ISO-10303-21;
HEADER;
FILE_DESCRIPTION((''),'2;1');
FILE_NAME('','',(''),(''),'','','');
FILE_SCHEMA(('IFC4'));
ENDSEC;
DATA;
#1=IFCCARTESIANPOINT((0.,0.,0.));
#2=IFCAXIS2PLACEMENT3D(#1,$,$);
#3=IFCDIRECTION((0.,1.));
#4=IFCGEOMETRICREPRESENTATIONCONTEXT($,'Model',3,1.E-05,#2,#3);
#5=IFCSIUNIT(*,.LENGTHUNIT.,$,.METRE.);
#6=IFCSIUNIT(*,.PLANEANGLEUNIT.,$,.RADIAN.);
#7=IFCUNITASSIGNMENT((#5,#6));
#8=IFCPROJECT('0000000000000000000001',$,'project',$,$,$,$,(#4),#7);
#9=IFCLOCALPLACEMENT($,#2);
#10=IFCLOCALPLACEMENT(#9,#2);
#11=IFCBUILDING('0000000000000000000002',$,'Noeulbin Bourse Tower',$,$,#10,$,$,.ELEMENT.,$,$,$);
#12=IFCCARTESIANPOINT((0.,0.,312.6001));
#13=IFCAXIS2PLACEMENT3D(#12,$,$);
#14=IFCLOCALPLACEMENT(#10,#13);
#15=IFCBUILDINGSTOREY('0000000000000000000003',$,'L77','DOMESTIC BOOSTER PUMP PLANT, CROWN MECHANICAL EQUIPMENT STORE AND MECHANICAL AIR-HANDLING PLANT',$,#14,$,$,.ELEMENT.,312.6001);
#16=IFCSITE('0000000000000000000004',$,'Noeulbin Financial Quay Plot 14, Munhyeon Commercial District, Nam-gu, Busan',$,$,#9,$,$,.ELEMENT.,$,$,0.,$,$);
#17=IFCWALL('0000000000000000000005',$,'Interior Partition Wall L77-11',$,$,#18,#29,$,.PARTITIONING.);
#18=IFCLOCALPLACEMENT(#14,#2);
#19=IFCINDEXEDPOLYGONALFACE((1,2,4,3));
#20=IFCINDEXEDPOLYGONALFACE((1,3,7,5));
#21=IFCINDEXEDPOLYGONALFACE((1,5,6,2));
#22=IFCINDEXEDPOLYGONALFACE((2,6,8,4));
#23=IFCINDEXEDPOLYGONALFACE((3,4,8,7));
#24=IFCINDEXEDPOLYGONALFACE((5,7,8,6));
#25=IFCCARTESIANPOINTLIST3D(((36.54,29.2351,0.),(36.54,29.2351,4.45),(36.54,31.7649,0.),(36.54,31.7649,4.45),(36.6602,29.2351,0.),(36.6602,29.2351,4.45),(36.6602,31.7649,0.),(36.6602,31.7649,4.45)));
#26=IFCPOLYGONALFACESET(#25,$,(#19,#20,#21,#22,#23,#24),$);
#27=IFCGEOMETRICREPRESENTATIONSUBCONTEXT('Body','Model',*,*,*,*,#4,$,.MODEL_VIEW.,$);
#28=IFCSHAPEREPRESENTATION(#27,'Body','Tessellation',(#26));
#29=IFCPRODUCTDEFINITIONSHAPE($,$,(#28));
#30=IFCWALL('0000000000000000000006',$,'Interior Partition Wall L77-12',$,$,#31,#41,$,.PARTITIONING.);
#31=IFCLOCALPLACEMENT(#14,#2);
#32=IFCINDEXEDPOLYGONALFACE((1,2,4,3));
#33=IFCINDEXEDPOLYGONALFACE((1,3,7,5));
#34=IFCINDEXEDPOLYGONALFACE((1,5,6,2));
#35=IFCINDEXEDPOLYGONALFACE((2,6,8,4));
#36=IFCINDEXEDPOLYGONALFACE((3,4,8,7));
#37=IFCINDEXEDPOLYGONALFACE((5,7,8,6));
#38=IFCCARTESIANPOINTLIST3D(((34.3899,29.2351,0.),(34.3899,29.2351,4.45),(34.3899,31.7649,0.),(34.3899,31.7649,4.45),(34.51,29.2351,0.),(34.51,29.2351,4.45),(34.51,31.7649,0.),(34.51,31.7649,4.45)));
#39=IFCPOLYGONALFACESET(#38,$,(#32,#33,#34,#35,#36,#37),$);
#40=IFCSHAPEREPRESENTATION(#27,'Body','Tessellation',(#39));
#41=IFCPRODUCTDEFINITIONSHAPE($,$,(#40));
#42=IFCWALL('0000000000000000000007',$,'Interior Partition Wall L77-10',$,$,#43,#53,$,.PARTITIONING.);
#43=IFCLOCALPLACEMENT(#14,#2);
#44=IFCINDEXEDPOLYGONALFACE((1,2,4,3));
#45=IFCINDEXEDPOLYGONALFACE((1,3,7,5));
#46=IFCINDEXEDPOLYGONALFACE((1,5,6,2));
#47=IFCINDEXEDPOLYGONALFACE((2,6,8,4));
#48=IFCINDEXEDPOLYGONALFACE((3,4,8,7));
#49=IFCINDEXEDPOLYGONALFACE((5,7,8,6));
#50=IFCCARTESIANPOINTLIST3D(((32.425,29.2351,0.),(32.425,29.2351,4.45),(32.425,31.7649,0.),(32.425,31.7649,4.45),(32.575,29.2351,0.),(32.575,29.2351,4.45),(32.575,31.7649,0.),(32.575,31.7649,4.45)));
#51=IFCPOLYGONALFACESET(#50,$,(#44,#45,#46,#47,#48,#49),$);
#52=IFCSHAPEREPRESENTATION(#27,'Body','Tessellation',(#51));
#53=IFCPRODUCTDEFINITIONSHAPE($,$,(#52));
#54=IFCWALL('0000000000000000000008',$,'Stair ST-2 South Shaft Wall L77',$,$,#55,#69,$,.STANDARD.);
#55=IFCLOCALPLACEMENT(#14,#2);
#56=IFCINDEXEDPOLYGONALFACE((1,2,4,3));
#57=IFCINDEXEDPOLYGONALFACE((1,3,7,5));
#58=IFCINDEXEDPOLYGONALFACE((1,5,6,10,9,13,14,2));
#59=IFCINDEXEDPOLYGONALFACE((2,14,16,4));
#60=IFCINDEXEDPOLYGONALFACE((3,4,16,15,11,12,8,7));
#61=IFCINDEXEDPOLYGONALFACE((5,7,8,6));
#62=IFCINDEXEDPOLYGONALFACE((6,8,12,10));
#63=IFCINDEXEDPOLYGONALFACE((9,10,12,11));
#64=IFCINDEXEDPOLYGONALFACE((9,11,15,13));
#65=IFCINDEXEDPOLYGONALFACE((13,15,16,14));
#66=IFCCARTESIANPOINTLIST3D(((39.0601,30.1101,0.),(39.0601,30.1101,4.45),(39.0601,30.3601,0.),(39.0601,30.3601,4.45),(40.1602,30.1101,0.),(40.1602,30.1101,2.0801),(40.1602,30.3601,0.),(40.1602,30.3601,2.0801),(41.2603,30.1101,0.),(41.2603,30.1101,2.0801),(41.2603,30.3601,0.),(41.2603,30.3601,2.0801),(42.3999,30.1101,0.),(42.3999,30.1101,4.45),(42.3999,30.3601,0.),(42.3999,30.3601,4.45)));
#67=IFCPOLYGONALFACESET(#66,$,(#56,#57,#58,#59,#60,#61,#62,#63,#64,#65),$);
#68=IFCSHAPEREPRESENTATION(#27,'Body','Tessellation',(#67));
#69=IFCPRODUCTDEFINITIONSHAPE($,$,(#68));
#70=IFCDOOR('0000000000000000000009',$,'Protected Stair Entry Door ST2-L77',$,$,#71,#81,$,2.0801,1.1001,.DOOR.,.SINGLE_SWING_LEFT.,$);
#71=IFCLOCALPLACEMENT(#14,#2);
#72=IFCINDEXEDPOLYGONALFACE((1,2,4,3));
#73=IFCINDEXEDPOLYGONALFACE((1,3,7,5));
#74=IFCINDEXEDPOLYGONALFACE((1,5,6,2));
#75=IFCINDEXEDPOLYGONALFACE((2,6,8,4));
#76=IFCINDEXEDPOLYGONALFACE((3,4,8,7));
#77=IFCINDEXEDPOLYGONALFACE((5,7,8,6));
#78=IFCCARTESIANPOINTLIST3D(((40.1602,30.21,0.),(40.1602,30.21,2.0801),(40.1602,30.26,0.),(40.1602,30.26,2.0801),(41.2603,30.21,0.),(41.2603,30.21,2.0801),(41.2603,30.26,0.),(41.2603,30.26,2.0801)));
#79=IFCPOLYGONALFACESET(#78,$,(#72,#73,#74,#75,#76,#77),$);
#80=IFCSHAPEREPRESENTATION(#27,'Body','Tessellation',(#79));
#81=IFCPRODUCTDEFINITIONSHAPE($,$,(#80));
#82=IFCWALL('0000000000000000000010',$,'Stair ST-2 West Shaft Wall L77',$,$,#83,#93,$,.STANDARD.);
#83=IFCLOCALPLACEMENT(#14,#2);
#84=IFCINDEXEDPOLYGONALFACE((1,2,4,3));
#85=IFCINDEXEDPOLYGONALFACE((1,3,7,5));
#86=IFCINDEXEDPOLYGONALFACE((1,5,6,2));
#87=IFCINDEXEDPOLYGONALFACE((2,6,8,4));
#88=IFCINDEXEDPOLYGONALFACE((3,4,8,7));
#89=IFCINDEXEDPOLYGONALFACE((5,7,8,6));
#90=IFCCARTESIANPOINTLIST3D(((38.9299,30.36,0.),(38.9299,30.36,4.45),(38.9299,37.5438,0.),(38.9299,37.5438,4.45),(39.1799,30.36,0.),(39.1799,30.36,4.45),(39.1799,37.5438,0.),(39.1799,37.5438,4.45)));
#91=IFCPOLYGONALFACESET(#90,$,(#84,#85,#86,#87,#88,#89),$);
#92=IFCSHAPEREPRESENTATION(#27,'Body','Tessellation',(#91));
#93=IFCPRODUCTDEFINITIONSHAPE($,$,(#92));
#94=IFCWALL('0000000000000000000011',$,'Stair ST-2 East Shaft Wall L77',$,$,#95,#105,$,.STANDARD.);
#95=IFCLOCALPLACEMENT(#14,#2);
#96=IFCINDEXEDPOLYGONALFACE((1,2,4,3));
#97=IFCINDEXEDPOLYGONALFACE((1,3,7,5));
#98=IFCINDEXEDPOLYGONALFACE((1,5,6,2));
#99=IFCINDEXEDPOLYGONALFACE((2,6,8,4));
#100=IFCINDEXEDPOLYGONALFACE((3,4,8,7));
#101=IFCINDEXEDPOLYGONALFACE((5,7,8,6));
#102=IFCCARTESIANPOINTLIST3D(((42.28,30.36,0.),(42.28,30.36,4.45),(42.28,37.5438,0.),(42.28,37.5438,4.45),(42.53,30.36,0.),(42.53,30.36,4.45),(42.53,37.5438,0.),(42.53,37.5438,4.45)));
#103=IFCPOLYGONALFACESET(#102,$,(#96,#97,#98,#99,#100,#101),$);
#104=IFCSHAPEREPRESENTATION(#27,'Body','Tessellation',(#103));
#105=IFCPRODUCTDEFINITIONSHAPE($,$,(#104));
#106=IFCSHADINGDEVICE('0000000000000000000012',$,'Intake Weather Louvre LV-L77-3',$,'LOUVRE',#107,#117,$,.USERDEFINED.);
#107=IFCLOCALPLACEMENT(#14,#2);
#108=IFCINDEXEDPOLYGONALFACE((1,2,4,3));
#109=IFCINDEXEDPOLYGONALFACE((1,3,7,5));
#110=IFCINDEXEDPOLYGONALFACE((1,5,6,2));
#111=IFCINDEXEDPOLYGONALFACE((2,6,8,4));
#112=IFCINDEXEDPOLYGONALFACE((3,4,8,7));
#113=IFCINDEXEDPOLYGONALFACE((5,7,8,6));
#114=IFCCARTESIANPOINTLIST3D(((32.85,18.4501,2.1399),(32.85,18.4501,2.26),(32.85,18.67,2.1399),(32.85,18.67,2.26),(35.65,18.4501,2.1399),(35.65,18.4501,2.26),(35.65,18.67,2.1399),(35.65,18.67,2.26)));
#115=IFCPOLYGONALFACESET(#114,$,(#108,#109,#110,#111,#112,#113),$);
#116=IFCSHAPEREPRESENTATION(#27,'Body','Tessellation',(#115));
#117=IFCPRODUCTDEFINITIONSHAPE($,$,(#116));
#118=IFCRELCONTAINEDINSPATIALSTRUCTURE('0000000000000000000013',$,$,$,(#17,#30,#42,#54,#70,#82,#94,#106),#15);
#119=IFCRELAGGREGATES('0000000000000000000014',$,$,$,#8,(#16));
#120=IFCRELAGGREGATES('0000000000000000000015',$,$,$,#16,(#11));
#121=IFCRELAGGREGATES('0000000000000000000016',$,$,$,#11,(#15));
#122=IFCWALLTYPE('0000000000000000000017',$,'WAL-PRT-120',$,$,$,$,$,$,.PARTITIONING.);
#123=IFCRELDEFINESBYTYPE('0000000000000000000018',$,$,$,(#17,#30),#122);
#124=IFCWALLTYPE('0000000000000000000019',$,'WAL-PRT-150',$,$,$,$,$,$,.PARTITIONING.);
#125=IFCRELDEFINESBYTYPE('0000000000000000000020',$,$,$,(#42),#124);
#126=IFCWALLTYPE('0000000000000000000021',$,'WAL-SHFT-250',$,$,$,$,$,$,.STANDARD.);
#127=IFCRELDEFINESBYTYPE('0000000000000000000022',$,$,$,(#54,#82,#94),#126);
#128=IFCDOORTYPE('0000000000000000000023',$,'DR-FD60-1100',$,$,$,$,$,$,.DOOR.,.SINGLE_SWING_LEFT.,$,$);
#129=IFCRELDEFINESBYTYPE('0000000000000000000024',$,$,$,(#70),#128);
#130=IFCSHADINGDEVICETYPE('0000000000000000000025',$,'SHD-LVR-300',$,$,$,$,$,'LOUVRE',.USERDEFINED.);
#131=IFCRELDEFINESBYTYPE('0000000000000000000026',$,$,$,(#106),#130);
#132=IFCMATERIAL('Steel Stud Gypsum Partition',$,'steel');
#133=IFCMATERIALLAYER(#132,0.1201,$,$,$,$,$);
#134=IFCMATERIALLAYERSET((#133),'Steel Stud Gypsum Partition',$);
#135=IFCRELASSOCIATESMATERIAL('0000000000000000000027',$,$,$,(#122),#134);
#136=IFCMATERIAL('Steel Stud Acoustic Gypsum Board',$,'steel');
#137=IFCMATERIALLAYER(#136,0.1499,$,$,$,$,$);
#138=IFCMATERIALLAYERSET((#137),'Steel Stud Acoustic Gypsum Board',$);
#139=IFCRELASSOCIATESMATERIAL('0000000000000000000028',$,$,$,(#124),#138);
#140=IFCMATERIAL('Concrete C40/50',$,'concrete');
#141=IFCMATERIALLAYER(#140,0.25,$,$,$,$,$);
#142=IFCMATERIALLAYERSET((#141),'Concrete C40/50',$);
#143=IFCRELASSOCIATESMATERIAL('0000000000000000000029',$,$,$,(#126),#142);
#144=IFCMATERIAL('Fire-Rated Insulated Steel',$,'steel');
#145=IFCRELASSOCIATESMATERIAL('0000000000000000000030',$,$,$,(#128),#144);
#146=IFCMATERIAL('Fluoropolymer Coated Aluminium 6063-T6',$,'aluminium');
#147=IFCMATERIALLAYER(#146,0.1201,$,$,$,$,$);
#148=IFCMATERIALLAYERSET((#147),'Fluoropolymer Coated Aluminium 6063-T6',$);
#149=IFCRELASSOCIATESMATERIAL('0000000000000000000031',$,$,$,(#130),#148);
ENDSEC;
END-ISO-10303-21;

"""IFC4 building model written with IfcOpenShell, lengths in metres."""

from ifc_helpers import new_model, si_unit, direction, frame, frame_2d, origin, origin_2d, place, context, subcontext, project, spatial, rectangle, extrude, material, layer, layer_set, type_object, element, fill, save


model = new_model("IFC4")

# Units and contexts
model_context = context("Model", 3, precision=1e-05, world=origin(), true_north=direction((0.0, 1.0)))
body_context = subcontext(model_context, "Body", "Model", "MODEL_VIEW")
ifc_project = project(units=[si_unit("LENGTHUNIT", "METRE"), si_unit("PLANEANGLEUNIT", "RADIAN")], contexts=[model_context])

# Site, building, storey
site_placement = place(None, origin())
site = spatial("IfcSite", under=ifc_project, at=site_placement, Name="Noeulbin Financial Quay Plot 14, Munhyeon Commercial District, Nam-gu, Busan", CompositionType="ELEMENT", RefElevation=0.0)
building_placement = place(site_placement, origin())
building = spatial("IfcBuilding", under=site, at=building_placement, Name="Noeulbin Bourse Tower", CompositionType="ELEMENT")
storey_placement = place(building_placement, frame((0.0, 0.0, 312.6001)))
storey = spatial("IfcBuildingStorey", under=building, at=storey_placement, Name="L77", Description="DOMESTIC BOOSTER PUMP PLANT, CROWN MECHANICAL EQUIPMENT STORE AND MECHANICAL AIR-HANDLING PLANT", CompositionType="ELEMENT", Elevation=312.6001)

# Walls
ifc_material_1 = material(Name="Concrete C40/50", Category="concrete")
ifc_material_2 = material(Name="Steel Stud Gypsum Partition", Category="steel")
ifc_layer_1 = layer(ifc_material_2, 0.1201)
ifc_layer_set_1 = layer_set([ifc_layer_1], Name="Steel Stud Gypsum Partition")
wall_type_1 = type_object("IfcWallType", Name="WAL-PRT-120", PredefinedType="PARTITIONING", material=ifc_layer_set_1)
for number, where, z_axis, x_axis, name in (
    (1, (36.6001, 29.2351, 0.0), (0.0, 0.0, 1.0), (0.0, 1.0, 0.0), "Interior Partition Wall L77-11"),
    (2, (34.45, 29.2351, 0.0), (0.0, 0.0, 1.0), (0.0, 1.0, 0.0), "Interior Partition Wall L77-12"),
):
    element("IfcWall", number, at=place(storey_placement, frame(where, z_axis=z_axis, x_axis=x_axis)), inside=storey, type_object=wall_type_1, Name=name, PredefinedType="PARTITIONING", context=body_context, shape_type="SweptSolid", body=[
        extrude(rectangle(XDim=2.5298, YDim=0.1201, at=frame_2d((1.2649, 0.0))), origin(), (0.0, 0.0, 1.0), 4.45),
    ])
ifc_material_3 = material(Name="Steel Stud Acoustic Gypsum Board", Category="steel")
ifc_layer_2 = layer(ifc_material_3, 0.1499)
ifc_layer_set_2 = layer_set([ifc_layer_2], Name="Steel Stud Acoustic Gypsum Board")
wall_type_2 = type_object("IfcWallType", Name="WAL-PRT-150", PredefinedType="PARTITIONING", material=ifc_layer_set_2)
wall_1_placement = place(storey_placement, frame((32.5, 29.2351, 0.0), z_axis=(0.0, 0.0, 1.0), x_axis=(0.0, 1.0, 0.0)))
element("IfcWall", 3, at=wall_1_placement, inside=storey, type_object=wall_type_2, Name="Interior Partition Wall L77-10", PredefinedType="PARTITIONING", context=body_context, shape_type="SweptSolid", body=[
    extrude(rectangle(XDim=2.5298, YDim=0.1499, at=frame_2d((1.2649, 0.0))), origin(), (0.0, 0.0, 1.0), 4.45),
])

# Wall, opening, door
ifc_layer_3 = layer(ifc_material_1, 0.25)
ifc_layer_set_3 = layer_set([ifc_layer_3], Name="Concrete C40/50")
wall_type_3 = type_object("IfcWallType", Name="WAL-SHFT-250", PredefinedType="STANDARD", material=ifc_layer_set_3)
wall_2_placement = place(storey_placement, frame((39.0601, 30.2351, 0.0), z_axis=(0.0, 0.0, 1.0), x_axis=(1.0, 0.0, 0.0)))
wall_2 = element("IfcWall", 4, at=wall_2_placement, inside=storey, type_object=wall_type_3, Name="Stair ST-2 South Shaft Wall L77", PredefinedType="STANDARD", context=body_context, shape_type="SweptSolid", body=[
    extrude(rectangle(XDim=3.3398, YDim=0.25, at=frame_2d((1.6699, 0.0))), origin(), (0.0, 0.0, 1.0), 4.45),
])
opening_placement = place(wall_2_placement, frame((1.1001, 0.0, 0.0)))
opening = element("IfcOpeningElement", 5, at=opening_placement, cuts=wall_2, PredefinedType="OPENING", context=body_context, shape_type="SweptSolid", body=[
    extrude(rectangle(XDim=1.1001, YDim=2.0801, at=frame_2d((0.55, 1.04))), frame((0.0, 0.135, 0.0), z_axis=(0.0, -1.0, 0.0), x_axis=(1.0, 0.0, 0.0)), (0.0, 0.0, 1.0), 0.27),
])
ifc_material_4 = material(Name="Fire-Rated Insulated Steel", Category="steel")
door_type = type_object("IfcDoorType", Name="DR-FD60-1100", OperationType="SINGLE_SWING_LEFT", PredefinedType="DOOR", material=ifc_material_4)
door_placement = place(opening_placement, origin())
door = element("IfcDoor", 6, at=door_placement, inside=storey, type_object=door_type, Name="Protected Stair Entry Door ST2-L77", OperationType="SINGLE_SWING_LEFT", OverallHeight=2.0801, OverallWidth=1.1001, PredefinedType="DOOR", context=body_context, shape_type="SweptSolid", body=[
    extrude(rectangle(XDim=1.1001, YDim=2.0801, at=frame_2d((0.55, 1.04))), frame((0.0, 0.0249, 0.0), z_axis=(0.0, -1.0, 0.0), x_axis=(1.0, 0.0, 0.0)), (0.0, 0.0, 1.0), 0.05),
])
fill(opening, door)

# Walls
for number, where, z_axis, x_axis, name in (
    (7, (39.0549, 30.3601, 0.0), (0.0, 0.0, 1.0), (0.0, 1.0, 0.0), "Stair ST-2 West Shaft Wall L77"),
    (8, (42.405, 30.3601, 0.0), (0.0, 0.0, 1.0), (0.0, 1.0, 0.0), "Stair ST-2 East Shaft Wall L77"),
):
    element("IfcWall", number, at=place(storey_placement, frame(where, z_axis=z_axis, x_axis=x_axis)), inside=storey, type_object=wall_type_3, Name=name, PredefinedType="STANDARD", context=body_context, shape_type="SweptSolid", body=[
        extrude(rectangle(XDim=7.1838, YDim=0.25, at=frame_2d((3.5918, 0.0))), origin(), (0.0, 0.0, 1.0), 4.45),
    ])

# Shading device
ifc_material_5 = material(Name="Fluoropolymer Coated Aluminium 6063-T6", Category="aluminium")
ifc_layer_4 = layer(ifc_material_5, 0.1201)
ifc_layer_set_4 = layer_set([ifc_layer_4], Name="Fluoropolymer Coated Aluminium 6063-T6")
shading_device_type = type_object("IfcShadingDeviceType", Name="SHD-LVR-300", ElementType="LOUVRE", PredefinedType="USERDEFINED", material=ifc_layer_set_4)
shading_device_placement = place(storey_placement, frame((34.25, 18.5601, 2.1399), z_axis=(0.0, 0.0, 1.0), x_axis=(1.0, 0.0, 0.0)))
element("IfcShadingDevice", 9, at=shading_device_placement, inside=storey, type_object=shading_device_type, Name="Intake Weather Louvre LV-L77-3", ObjectType="LOUVRE", PredefinedType="USERDEFINED", context=body_context, shape_type="SweptSolid", body=[
    extrude(rectangle(XDim=2.8, YDim=0.22, at=origin_2d()), origin(), (0.0, 0.0, 1.0), 0.1201),
])

save(model, "model.ifc")
